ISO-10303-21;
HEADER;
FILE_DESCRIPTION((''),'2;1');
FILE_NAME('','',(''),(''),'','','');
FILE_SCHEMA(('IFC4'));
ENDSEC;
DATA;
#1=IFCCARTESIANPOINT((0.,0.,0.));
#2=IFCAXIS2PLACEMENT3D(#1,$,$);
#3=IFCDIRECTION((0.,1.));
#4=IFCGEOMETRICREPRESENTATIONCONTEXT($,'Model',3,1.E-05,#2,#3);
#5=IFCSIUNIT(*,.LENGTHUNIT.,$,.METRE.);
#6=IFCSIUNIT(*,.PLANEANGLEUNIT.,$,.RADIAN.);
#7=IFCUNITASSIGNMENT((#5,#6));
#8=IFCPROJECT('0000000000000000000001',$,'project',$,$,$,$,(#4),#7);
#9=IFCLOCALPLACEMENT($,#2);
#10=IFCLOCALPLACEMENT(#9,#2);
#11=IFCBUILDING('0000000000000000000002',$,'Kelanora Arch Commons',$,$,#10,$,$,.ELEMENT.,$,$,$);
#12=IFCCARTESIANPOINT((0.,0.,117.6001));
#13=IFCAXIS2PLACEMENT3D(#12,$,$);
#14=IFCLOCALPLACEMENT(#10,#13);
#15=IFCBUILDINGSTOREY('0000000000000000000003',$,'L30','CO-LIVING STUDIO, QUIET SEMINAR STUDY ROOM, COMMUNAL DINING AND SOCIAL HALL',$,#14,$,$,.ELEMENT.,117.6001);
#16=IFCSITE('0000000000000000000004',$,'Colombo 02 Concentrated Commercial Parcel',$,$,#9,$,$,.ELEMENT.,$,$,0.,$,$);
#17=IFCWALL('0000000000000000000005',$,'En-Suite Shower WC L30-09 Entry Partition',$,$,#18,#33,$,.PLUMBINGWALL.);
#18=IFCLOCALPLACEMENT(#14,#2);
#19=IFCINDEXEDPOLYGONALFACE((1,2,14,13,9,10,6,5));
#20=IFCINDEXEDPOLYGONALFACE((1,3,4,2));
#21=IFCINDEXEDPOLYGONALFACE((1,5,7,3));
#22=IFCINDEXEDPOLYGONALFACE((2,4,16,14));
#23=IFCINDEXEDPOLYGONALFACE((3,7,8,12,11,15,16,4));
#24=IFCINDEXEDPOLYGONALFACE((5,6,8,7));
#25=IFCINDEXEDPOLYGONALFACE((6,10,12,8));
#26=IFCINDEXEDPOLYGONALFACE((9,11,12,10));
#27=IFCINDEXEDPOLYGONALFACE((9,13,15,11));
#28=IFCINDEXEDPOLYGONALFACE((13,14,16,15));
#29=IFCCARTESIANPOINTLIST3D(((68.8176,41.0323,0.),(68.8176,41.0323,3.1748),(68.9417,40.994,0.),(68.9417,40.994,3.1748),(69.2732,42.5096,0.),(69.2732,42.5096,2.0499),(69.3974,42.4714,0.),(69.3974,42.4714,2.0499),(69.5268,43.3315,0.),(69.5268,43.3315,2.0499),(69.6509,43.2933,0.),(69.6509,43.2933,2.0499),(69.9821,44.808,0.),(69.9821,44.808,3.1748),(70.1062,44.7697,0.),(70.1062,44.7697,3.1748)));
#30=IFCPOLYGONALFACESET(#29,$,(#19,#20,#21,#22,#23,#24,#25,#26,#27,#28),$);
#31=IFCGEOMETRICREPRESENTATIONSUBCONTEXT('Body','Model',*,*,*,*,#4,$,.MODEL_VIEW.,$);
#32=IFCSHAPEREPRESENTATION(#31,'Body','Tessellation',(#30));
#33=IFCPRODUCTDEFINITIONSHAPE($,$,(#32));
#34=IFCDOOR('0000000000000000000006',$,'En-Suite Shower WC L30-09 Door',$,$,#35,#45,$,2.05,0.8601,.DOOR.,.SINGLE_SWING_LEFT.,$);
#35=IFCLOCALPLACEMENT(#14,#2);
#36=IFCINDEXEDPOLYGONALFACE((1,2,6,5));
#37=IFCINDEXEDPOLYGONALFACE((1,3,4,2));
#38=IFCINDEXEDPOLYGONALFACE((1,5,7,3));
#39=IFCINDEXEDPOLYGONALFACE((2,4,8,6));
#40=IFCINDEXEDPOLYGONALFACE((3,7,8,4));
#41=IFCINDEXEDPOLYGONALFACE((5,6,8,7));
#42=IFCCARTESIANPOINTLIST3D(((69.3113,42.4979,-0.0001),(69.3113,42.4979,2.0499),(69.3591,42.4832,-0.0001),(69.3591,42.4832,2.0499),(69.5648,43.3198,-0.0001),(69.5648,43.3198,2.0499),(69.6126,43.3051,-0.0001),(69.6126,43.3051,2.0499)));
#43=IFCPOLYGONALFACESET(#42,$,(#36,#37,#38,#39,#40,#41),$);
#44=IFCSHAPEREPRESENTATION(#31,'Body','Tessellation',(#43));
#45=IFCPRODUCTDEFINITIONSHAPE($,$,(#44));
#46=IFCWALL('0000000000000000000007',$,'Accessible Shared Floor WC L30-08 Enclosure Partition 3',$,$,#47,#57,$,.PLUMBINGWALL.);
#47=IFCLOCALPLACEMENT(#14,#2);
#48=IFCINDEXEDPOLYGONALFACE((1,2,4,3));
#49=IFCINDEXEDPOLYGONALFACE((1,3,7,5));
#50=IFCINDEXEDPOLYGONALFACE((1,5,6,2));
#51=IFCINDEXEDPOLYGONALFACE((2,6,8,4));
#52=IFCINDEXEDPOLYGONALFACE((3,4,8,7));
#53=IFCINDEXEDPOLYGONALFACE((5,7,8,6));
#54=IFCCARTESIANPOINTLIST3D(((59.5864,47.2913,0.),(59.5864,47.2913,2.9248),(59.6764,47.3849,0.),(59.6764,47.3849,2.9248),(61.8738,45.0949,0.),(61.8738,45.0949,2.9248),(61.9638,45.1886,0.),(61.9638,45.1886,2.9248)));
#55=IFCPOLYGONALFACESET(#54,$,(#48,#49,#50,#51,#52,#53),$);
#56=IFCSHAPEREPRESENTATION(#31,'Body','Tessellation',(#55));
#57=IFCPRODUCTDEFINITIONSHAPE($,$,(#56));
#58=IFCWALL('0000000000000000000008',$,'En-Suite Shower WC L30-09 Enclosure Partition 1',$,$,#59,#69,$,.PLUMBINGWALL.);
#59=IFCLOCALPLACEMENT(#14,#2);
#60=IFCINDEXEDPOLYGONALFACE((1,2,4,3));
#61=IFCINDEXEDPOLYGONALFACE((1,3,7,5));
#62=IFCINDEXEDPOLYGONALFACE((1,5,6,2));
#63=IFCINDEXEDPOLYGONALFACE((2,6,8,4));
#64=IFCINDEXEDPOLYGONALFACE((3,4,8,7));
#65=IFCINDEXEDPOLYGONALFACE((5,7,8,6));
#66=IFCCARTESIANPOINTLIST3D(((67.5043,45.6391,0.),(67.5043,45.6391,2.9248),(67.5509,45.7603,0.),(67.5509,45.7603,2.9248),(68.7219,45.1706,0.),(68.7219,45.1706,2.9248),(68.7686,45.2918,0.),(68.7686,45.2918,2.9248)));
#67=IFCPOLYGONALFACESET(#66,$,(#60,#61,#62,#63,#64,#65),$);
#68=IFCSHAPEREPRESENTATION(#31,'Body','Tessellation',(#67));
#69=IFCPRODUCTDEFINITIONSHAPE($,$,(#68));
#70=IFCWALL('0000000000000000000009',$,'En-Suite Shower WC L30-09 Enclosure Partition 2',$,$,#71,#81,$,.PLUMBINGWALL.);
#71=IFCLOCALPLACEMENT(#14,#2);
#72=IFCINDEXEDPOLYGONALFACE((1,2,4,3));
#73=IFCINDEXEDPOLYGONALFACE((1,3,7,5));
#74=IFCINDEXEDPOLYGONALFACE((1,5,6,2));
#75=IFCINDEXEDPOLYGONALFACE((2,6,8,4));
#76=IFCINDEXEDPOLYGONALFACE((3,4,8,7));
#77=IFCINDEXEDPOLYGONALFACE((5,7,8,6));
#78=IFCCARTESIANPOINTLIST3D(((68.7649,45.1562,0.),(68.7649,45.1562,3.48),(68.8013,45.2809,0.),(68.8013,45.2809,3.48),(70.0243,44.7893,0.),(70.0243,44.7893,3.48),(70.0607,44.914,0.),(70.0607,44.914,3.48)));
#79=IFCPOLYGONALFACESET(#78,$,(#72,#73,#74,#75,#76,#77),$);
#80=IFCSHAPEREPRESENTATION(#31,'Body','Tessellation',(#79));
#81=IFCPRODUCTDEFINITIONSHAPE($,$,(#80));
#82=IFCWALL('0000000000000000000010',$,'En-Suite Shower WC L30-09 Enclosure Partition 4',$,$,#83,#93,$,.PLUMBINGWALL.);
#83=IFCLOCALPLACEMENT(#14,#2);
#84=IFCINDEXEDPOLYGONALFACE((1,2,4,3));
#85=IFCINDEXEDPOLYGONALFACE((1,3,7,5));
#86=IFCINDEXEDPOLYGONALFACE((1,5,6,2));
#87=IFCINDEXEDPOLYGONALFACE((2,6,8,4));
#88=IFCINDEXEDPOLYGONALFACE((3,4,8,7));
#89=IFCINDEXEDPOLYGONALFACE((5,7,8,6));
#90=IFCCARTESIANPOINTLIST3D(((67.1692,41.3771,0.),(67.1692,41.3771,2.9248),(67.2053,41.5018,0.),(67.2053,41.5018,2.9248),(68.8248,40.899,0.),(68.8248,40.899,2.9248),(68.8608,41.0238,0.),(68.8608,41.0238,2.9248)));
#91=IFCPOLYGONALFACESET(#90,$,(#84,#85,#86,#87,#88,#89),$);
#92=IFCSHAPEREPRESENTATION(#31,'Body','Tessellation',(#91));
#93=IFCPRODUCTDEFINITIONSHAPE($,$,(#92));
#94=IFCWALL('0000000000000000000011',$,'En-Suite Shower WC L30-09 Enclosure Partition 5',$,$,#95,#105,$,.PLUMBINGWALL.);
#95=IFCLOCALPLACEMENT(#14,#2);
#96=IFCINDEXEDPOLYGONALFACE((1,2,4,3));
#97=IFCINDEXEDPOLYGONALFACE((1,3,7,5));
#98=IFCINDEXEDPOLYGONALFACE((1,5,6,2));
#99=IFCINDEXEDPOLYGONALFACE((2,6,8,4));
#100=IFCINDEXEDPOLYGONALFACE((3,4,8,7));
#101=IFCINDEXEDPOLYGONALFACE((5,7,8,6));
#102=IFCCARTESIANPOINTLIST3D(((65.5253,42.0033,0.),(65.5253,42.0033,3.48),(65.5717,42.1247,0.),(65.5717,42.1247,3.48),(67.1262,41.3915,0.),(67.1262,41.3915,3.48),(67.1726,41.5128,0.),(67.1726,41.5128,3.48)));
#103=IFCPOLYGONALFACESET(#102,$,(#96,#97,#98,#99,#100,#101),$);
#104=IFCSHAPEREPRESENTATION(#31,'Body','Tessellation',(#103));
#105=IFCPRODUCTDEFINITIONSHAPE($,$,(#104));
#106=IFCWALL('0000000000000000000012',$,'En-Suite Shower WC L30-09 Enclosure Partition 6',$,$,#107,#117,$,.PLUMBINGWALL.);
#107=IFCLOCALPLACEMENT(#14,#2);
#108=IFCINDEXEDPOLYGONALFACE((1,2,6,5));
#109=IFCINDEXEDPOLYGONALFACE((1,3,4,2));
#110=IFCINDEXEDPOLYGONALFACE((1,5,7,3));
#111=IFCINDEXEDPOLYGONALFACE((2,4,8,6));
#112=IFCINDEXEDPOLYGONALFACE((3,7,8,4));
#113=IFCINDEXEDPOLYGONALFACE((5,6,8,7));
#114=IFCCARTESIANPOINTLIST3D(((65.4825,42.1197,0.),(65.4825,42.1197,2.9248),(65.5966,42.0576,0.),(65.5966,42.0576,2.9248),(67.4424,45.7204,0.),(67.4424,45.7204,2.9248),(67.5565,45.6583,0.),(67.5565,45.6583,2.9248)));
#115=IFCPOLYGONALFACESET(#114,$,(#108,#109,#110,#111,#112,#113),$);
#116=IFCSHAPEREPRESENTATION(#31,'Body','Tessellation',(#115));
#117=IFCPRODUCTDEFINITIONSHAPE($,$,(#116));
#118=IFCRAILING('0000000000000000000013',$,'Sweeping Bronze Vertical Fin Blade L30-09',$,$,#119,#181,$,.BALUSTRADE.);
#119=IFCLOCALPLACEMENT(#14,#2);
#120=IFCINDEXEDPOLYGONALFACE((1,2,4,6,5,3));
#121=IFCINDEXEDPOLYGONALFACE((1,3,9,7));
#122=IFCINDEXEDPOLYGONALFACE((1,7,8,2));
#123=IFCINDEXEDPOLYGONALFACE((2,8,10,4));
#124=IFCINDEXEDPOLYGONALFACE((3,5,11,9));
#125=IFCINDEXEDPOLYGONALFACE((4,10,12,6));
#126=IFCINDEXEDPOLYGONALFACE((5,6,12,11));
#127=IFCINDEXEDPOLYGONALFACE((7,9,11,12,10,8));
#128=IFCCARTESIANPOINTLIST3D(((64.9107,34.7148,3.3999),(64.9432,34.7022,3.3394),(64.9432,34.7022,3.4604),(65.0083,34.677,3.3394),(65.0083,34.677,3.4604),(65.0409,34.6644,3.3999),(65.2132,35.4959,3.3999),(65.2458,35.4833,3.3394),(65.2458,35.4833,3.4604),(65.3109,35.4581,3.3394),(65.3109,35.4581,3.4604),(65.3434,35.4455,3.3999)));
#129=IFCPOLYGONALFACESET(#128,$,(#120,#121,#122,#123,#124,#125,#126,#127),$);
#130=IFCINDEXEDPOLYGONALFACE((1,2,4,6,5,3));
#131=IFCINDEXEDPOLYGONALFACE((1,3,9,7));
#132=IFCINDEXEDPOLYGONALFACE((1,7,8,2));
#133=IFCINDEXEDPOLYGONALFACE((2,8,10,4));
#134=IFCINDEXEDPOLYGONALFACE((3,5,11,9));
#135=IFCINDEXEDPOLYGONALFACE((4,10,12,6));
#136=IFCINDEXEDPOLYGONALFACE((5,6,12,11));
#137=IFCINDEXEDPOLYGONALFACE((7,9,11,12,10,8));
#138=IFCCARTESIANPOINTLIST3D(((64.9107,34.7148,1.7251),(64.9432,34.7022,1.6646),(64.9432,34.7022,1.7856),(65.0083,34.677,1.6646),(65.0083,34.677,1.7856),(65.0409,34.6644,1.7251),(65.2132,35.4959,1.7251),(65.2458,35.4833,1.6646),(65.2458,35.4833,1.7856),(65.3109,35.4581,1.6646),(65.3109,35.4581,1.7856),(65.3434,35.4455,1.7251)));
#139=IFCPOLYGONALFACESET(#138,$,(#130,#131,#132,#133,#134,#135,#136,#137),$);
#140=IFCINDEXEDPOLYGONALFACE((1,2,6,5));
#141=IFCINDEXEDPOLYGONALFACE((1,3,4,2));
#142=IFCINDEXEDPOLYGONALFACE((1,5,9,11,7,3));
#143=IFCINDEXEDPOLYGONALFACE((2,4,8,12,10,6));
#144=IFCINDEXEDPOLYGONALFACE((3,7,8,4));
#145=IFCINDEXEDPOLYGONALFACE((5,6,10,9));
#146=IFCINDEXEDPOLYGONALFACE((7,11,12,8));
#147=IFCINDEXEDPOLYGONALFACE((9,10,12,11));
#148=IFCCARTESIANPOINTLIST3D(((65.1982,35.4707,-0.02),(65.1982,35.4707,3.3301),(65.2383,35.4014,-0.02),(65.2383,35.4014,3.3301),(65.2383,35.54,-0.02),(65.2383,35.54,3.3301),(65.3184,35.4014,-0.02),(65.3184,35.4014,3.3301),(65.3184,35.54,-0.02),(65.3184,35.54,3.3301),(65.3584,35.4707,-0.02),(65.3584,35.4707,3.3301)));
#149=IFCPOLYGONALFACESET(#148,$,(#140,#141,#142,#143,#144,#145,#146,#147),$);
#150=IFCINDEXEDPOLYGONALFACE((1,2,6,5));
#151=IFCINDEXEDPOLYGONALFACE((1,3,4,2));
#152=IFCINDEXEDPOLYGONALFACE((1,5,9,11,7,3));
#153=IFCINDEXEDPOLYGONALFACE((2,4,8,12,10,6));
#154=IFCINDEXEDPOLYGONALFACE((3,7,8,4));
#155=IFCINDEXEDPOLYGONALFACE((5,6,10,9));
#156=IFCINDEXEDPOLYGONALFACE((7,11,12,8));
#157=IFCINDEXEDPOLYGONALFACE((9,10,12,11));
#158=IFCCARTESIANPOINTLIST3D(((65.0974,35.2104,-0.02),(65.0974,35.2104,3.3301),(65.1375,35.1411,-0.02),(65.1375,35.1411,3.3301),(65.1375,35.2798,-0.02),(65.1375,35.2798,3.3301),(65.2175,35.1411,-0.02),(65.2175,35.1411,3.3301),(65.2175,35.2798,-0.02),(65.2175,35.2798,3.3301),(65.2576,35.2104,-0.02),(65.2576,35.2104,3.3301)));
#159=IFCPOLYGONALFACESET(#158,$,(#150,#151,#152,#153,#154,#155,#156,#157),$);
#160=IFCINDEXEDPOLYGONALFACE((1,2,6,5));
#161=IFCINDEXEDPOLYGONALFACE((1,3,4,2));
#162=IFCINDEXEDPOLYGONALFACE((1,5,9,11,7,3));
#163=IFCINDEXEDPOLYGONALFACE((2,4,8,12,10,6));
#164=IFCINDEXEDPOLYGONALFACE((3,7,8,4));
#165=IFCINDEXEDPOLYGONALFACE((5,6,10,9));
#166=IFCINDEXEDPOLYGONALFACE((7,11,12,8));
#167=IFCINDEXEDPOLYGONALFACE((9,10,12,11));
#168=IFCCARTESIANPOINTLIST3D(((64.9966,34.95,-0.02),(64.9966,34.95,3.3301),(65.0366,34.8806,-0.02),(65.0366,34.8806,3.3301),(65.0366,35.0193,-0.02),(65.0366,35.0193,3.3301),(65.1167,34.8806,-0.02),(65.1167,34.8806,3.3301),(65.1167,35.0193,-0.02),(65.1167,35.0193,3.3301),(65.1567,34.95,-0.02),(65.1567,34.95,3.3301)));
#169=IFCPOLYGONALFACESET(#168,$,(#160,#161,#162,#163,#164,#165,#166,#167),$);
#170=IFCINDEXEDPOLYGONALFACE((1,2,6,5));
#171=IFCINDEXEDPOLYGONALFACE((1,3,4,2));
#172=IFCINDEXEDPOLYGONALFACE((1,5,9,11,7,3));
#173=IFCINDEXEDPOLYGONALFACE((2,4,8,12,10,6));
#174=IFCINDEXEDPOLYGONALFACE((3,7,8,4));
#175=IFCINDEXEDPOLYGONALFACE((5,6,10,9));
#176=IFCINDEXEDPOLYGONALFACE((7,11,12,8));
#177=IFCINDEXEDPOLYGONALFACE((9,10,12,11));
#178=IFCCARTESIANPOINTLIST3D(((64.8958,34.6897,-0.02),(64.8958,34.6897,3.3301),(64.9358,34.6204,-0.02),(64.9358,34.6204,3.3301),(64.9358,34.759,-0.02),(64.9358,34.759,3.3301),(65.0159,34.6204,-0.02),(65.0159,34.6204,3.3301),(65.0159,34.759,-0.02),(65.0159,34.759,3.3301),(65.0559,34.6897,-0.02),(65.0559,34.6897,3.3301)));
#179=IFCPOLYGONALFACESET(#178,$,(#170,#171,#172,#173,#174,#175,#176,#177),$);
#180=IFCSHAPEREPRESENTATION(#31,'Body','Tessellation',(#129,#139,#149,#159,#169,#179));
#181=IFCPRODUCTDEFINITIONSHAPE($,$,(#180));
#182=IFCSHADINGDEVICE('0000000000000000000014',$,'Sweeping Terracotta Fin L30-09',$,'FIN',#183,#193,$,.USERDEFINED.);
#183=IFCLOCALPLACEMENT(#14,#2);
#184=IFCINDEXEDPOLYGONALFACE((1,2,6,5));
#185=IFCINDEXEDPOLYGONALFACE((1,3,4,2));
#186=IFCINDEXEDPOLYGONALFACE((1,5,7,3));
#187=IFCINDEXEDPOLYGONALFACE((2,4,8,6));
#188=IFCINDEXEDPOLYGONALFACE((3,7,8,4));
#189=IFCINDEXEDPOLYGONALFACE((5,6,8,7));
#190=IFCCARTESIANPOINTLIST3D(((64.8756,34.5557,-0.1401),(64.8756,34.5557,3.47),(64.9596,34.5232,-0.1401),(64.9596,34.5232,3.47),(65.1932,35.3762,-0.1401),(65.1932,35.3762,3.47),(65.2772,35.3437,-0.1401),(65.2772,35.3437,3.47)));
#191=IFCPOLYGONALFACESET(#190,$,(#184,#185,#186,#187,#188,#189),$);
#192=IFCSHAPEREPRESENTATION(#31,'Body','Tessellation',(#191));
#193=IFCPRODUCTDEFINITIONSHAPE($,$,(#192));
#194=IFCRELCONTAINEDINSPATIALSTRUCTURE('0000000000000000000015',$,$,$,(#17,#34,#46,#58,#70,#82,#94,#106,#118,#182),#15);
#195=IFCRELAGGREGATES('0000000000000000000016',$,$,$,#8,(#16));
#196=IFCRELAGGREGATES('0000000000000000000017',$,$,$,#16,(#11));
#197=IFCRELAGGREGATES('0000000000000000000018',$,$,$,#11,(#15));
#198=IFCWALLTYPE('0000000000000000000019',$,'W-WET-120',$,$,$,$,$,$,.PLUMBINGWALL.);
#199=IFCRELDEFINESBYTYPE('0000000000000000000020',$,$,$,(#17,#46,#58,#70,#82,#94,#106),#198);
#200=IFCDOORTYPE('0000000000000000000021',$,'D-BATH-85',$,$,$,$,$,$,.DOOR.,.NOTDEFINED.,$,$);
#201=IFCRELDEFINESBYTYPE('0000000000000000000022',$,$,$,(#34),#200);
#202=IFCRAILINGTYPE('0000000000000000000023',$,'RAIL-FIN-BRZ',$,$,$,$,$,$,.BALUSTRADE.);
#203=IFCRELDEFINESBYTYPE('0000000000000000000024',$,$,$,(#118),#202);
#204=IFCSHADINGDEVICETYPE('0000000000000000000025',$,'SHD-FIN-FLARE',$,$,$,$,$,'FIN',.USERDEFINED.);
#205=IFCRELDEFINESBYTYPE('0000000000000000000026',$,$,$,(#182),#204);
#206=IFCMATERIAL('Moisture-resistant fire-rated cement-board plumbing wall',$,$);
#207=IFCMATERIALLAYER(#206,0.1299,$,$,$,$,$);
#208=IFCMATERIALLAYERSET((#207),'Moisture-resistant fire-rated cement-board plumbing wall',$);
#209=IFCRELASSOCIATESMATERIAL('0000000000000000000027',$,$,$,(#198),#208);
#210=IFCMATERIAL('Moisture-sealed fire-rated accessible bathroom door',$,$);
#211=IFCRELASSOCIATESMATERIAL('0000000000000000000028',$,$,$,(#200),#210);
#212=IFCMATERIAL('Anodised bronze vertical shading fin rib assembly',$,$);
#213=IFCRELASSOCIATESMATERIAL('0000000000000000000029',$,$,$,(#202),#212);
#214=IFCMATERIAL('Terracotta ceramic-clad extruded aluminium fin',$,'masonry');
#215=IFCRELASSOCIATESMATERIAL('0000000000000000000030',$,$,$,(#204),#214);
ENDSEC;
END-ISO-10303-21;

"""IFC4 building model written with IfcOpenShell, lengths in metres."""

from ifc_helpers import new_model, si_unit, direction, frame, frame_2d, origin, origin_2d, place, context, subcontext, project, spatial, polyline, rectangle, outline, extrude, source, transform, mapped, material, layer, layer_set, type_object, element, fill, save


model = new_model("IFC4")

# Units and contexts
model_context = context("Model", 3, precision=1e-05, world=origin(), true_north=direction((0.0, 1.0)))
body_context = subcontext(model_context, "Body", "Model", "MODEL_VIEW")
ifc_project = project(units=[si_unit("LENGTHUNIT", "METRE"), si_unit("PLANEANGLEUNIT", "RADIAN")], contexts=[model_context])

# Site, building, storey
site_placement = place(None, origin())
site = spatial("IfcSite", under=ifc_project, at=site_placement, Name="Colombo 02 Concentrated Commercial Parcel", CompositionType="ELEMENT", RefElevation=0.0)
building_placement = place(site_placement, origin())
building = spatial("IfcBuilding", under=site, at=building_placement, Name="Kelanora Arch Commons", CompositionType="ELEMENT")
storey_placement = place(building_placement, frame((0.0, 0.0, 117.6001)))
storey = spatial("IfcBuildingStorey", under=building, at=storey_placement, Name="L30", Description="CO-LIVING STUDIO, QUIET SEMINAR STUDY ROOM, COMMUNAL DINING AND SOCIAL HALL", CompositionType="ELEMENT", Elevation=117.6001)

# Wall, opening, door
ifc_material_1 = material(Name="Moisture-resistant fire-rated cement-board plumbing wall")
ifc_layer_1 = layer(ifc_material_1, 0.1299)
ifc_layer_set_1 = layer_set([ifc_layer_1], Name="Moisture-resistant fire-rated cement-board plumbing wall")
wall_type_1 = type_object("IfcWallType", Name="W-WET-120", PredefinedType="PLUMBINGWALL", material=ifc_layer_set_1)
wall_1_placement = place(storey_placement, frame((70.0442, 44.7888, 0.0), z_axis=(0.0, 0.0, 1.0), x_axis=(-0.294737, -0.955578, 0.0)))
wall_1 = element("IfcWall", 1, at=wall_1_placement, inside=storey, type_object=wall_type_1, Name="En-Suite Shower WC L30-09 Entry Partition", PredefinedType="PLUMBINGWALL", context=body_context, shape_type="SweptSolid", body=[
    extrude(rectangle(XDim=3.9512, YDim=0.1299, at=frame_2d((1.9756, 0.0))), origin(), (0.0, 0.0, 1.0), 3.1748),
])
opening_1_placement = place(wall_1_placement, frame((1.5449, 0.0, 0.0)))
opening_1 = element("IfcOpeningElement", 2, at=opening_1_placement, cuts=wall_1, PredefinedType="OPENING", context=body_context, shape_type="SweptSolid", body=[
    extrude(rectangle(XDim=0.8601, YDim=2.05, at=frame_2d((0.4302, 1.0249))), frame((0.0, 0.075, 0.0), z_axis=(0.0, -1.0, 0.0), x_axis=(1.0, 0.0, 0.0)), (0.0, 0.0, 1.0), 0.1499),
])
ifc_material_2 = material(Name="Moisture-sealed fire-rated accessible bathroom door")
door_type_1 = type_object("IfcDoorType", Name="D-BATH-85", OperationType="NOTDEFINED", PredefinedType="DOOR", material=ifc_material_2)
door_1_placement = place(opening_1_placement, origin())
door_1 = element("IfcDoor", 3, at=door_1_placement, inside=storey, type_object=door_type_1, Name="En-Suite Shower WC L30-09 Door", OperationType="SINGLE_SWING_LEFT", OverallHeight=2.05, OverallWidth=0.8601, PredefinedType="DOOR", context=body_context, shape_type="SweptSolid", body=[
    extrude(rectangle(XDim=0.8601, YDim=2.05, at=frame_2d((0.4302, 1.0249))), frame((0.0, 0.0249, 0.0), z_axis=(0.0, -1.0, 0.0), x_axis=(1.0, 0.0, 0.0)), (0.0, 0.0, 1.0), 0.05),
])
fill(opening_1, door_1)

# Walls
wall_2_placement = place(storey_placement, frame((61.9187, 45.1418, 0.0), z_axis=(0.0, 0.0, 1.0), x_axis=(-0.72132, 0.692602, 0.0)))
element("IfcWall", 4, at=wall_2_placement, inside=storey, type_object=wall_type_1, Name="Accessible Shared Floor WC L30-08 Enclosure Partition 3", PredefinedType="PLUMBINGWALL", context=body_context, shape_type="SweptSolid", body=[
    extrude(rectangle(XDim=3.1711, YDim=0.1299, at=frame_2d((1.5854, 0.0))), origin(), (0.0, 0.0, 1.0), 2.9248),
])
wall_3_placement = place(storey_placement, frame((67.5276, 45.6997, 0.0), z_axis=(0.0, 0.0, 1.0), x_axis=(0.933312, -0.359067, 0.0)))
element("IfcWall", 5, at=wall_3_placement, inside=storey, type_object=wall_type_1, Name="En-Suite Shower WC L30-09 Enclosure Partition 1", PredefinedType="PLUMBINGWALL", context=body_context, shape_type="SweptSolid", body=[
    extrude(rectangle(XDim=1.3047, YDim=0.1299, at=frame_2d((0.6523, 0.0))), origin(), (0.0, 0.0, 1.0), 2.9248),
])
wall_4_placement = place(storey_placement, frame((68.7832, 45.2185, 0.0), z_axis=(0.0, 0.0, 1.0), x_axis=(0.960085, -0.279707, 0.0)))
element("IfcWall", 6, at=wall_4_placement, inside=storey, type_object=wall_type_1, Name="En-Suite Shower WC L30-09 Enclosure Partition 2", PredefinedType="PLUMBINGWALL", context=body_context, shape_type="SweptSolid", body=[
    extrude(rectangle(XDim=1.3118, YDim=0.1299, at=frame_2d((0.6558, 0.0))), origin(), (0.0, 0.0, 1.0), 3.48),
])
wall_5_placement = place(storey_placement, frame((68.8428, 40.9614, 0.0), z_axis=(0.0, 0.0, 1.0), x_axis=(-0.96075, 0.277415, 0.0)))
element("IfcWall", 7, at=wall_5_placement, inside=storey, type_object=wall_type_1, Name="En-Suite Shower WC L30-09 Enclosure Partition 4", PredefinedType="PLUMBINGWALL", context=body_context, shape_type="SweptSolid", body=[
    extrude(rectangle(XDim=1.7231, YDim=0.1299, at=frame_2d((0.8616, 0.0))), origin(), (0.0, 0.0, 1.0), 2.9248),
])
wall_6_placement = place(storey_placement, frame((67.1494, 41.4521, 0.0), z_axis=(0.0, 0.0, 1.0), x_axis=(-0.934104, 0.357002, 0.0)))
element("IfcWall", 8, at=wall_6_placement, inside=storey, type_object=wall_type_1, Name="En-Suite Shower WC L30-09 Enclosure Partition 5", PredefinedType="PLUMBINGWALL", context=body_context, shape_type="SweptSolid", body=[
    extrude(rectangle(XDim=1.7139, YDim=0.1299, at=frame_2d((0.8569, 0.0))), origin(), (0.0, 0.0, 1.0), 3.48),
])
wall_7_placement = place(storey_placement, frame((65.5396, 42.0886, 0.0), z_axis=(0.0, 0.0, 1.0), x_axis=(0.478076, 0.878319, 0.0)))
element("IfcWall", 9, at=wall_7_placement, inside=storey, type_object=wall_type_1, Name="En-Suite Shower WC L30-09 Enclosure Partition 6", PredefinedType="PLUMBINGWALL", context=body_context, shape_type="SweptSolid", body=[
    extrude(rectangle(XDim=4.0996, YDim=0.1299, at=frame_2d((2.0498, 0.0))), origin(), (0.0, 0.0, 1.0), 2.9248),
])

# Railing
ifc_material_3 = material(Name="Anodised bronze vertical shading fin rib assembly")
railing_type = type_object("IfcRailingType", Name="RAIL-FIN-BRZ", PredefinedType="BALUSTRADE", material=ifc_material_3)
railing_placement = place(storey_placement, frame((65.2783, 35.4707, -0.02)))
element("IfcRailing", 10, at=railing_placement, inside=storey, type_object=railing_type, Name="Sweeping Bronze Vertical Fin Blade L30-09", PredefinedType="BALUSTRADE", context=body_context, shape_type="SweptSolid", body=[
    extrude(outline(polyline([(0.0698, 0.0), (0.0349, 0.0605), (-0.0349, 0.0605), (-0.0698, 0.0), (-0.0349, -0.0605), (0.0349, -0.0605), (0.0698, 0.0)])), frame((0.0, 0.0, 3.4199), z_axis=(-0.361166, -0.932502, 0.0), x_axis=(0.932502, -0.361166, 0.0)), (0.0, 0.0, 1.0), 0.8376),
    extrude(outline(polyline([(0.0698, 0.0), (0.0349, 0.0605), (-0.0349, 0.0605), (-0.0698, 0.0), (-0.0349, -0.0605), (0.0349, -0.0605), (0.0698, 0.0)])), frame((0.0, 0.0, 1.7451), z_axis=(-0.361166, -0.932502, 0.0), x_axis=(0.932502, -0.361166, 0.0)), (0.0, 0.0, 1.0), 0.8376),
    extrude(outline(polyline([(0.0801, 0.0), (0.04, 0.0693), (-0.04, 0.0693), (-0.0801, 0.0), (-0.04, -0.0693), (0.04, -0.0693), (0.0801, 0.0)])), origin(), (0.0, 0.0, 1.0), 3.3501),
    extrude(outline(polyline([(0.0801, 0.0), (0.04, 0.0693), (-0.04, 0.0693), (-0.0801, 0.0), (-0.04, -0.0693), (0.04, -0.0693), (0.0801, 0.0)])), frame((-0.1008, -0.2603, 0.0)), (0.0, 0.0, 1.0), 3.3501),
    extrude(outline(polyline([(0.0801, 0.0), (0.04, 0.0693), (-0.04, 0.0693), (-0.0801, 0.0), (-0.04, -0.0693), (0.04, -0.0693), (0.0801, 0.0)])), frame((-0.2017, -0.5208, 0.0)), (0.0, 0.0, 1.0), 3.3501),
    extrude(outline(polyline([(0.0801, 0.0), (0.04, 0.0693), (-0.04, 0.0693), (-0.0801, 0.0), (-0.04, -0.0693), (0.04, -0.0693), (0.0801, 0.0)])), frame((-0.3025, -0.781, 0.0)), (0.0, 0.0, 1.0), 3.3501),
])

# Shading device
ifc_material_4 = material(Name="Terracotta ceramic-clad extruded aluminium fin", Category="masonry")
shading_device_type = type_object("IfcShadingDeviceType", Name="SHD-FIN-FLARE", ElementType="FIN", PredefinedType="USERDEFINED", material=ifc_material_4)
shared_shape_1 = source(origin(), body_context, "Body", "SweptSolid", [
    extrude(rectangle(XDim=0.8799, YDim=0.0901, at=origin_2d()), origin(), (0.0, 0.0, 1.0), 3.6101),
])
shading_device_placement = place(storey_placement, frame((65.0764, 34.9497, -0.1401), z_axis=(0.0, 0.0, 1.0), x_axis=(-0.360974, -0.932576, 0.0)))
element("IfcShadingDevice", 11, at=shading_device_placement, inside=storey, type_object=shading_device_type, Name="Sweeping Terracotta Fin L30-09", ObjectType="FIN", PredefinedType="USERDEFINED", context=body_context, shape_type="MappedRepresentation", body=[
    mapped(shared_shape_1, transform((0.0, 0.0, 0.0), scale=1.0)),
])

save(model, "model.ifc")
